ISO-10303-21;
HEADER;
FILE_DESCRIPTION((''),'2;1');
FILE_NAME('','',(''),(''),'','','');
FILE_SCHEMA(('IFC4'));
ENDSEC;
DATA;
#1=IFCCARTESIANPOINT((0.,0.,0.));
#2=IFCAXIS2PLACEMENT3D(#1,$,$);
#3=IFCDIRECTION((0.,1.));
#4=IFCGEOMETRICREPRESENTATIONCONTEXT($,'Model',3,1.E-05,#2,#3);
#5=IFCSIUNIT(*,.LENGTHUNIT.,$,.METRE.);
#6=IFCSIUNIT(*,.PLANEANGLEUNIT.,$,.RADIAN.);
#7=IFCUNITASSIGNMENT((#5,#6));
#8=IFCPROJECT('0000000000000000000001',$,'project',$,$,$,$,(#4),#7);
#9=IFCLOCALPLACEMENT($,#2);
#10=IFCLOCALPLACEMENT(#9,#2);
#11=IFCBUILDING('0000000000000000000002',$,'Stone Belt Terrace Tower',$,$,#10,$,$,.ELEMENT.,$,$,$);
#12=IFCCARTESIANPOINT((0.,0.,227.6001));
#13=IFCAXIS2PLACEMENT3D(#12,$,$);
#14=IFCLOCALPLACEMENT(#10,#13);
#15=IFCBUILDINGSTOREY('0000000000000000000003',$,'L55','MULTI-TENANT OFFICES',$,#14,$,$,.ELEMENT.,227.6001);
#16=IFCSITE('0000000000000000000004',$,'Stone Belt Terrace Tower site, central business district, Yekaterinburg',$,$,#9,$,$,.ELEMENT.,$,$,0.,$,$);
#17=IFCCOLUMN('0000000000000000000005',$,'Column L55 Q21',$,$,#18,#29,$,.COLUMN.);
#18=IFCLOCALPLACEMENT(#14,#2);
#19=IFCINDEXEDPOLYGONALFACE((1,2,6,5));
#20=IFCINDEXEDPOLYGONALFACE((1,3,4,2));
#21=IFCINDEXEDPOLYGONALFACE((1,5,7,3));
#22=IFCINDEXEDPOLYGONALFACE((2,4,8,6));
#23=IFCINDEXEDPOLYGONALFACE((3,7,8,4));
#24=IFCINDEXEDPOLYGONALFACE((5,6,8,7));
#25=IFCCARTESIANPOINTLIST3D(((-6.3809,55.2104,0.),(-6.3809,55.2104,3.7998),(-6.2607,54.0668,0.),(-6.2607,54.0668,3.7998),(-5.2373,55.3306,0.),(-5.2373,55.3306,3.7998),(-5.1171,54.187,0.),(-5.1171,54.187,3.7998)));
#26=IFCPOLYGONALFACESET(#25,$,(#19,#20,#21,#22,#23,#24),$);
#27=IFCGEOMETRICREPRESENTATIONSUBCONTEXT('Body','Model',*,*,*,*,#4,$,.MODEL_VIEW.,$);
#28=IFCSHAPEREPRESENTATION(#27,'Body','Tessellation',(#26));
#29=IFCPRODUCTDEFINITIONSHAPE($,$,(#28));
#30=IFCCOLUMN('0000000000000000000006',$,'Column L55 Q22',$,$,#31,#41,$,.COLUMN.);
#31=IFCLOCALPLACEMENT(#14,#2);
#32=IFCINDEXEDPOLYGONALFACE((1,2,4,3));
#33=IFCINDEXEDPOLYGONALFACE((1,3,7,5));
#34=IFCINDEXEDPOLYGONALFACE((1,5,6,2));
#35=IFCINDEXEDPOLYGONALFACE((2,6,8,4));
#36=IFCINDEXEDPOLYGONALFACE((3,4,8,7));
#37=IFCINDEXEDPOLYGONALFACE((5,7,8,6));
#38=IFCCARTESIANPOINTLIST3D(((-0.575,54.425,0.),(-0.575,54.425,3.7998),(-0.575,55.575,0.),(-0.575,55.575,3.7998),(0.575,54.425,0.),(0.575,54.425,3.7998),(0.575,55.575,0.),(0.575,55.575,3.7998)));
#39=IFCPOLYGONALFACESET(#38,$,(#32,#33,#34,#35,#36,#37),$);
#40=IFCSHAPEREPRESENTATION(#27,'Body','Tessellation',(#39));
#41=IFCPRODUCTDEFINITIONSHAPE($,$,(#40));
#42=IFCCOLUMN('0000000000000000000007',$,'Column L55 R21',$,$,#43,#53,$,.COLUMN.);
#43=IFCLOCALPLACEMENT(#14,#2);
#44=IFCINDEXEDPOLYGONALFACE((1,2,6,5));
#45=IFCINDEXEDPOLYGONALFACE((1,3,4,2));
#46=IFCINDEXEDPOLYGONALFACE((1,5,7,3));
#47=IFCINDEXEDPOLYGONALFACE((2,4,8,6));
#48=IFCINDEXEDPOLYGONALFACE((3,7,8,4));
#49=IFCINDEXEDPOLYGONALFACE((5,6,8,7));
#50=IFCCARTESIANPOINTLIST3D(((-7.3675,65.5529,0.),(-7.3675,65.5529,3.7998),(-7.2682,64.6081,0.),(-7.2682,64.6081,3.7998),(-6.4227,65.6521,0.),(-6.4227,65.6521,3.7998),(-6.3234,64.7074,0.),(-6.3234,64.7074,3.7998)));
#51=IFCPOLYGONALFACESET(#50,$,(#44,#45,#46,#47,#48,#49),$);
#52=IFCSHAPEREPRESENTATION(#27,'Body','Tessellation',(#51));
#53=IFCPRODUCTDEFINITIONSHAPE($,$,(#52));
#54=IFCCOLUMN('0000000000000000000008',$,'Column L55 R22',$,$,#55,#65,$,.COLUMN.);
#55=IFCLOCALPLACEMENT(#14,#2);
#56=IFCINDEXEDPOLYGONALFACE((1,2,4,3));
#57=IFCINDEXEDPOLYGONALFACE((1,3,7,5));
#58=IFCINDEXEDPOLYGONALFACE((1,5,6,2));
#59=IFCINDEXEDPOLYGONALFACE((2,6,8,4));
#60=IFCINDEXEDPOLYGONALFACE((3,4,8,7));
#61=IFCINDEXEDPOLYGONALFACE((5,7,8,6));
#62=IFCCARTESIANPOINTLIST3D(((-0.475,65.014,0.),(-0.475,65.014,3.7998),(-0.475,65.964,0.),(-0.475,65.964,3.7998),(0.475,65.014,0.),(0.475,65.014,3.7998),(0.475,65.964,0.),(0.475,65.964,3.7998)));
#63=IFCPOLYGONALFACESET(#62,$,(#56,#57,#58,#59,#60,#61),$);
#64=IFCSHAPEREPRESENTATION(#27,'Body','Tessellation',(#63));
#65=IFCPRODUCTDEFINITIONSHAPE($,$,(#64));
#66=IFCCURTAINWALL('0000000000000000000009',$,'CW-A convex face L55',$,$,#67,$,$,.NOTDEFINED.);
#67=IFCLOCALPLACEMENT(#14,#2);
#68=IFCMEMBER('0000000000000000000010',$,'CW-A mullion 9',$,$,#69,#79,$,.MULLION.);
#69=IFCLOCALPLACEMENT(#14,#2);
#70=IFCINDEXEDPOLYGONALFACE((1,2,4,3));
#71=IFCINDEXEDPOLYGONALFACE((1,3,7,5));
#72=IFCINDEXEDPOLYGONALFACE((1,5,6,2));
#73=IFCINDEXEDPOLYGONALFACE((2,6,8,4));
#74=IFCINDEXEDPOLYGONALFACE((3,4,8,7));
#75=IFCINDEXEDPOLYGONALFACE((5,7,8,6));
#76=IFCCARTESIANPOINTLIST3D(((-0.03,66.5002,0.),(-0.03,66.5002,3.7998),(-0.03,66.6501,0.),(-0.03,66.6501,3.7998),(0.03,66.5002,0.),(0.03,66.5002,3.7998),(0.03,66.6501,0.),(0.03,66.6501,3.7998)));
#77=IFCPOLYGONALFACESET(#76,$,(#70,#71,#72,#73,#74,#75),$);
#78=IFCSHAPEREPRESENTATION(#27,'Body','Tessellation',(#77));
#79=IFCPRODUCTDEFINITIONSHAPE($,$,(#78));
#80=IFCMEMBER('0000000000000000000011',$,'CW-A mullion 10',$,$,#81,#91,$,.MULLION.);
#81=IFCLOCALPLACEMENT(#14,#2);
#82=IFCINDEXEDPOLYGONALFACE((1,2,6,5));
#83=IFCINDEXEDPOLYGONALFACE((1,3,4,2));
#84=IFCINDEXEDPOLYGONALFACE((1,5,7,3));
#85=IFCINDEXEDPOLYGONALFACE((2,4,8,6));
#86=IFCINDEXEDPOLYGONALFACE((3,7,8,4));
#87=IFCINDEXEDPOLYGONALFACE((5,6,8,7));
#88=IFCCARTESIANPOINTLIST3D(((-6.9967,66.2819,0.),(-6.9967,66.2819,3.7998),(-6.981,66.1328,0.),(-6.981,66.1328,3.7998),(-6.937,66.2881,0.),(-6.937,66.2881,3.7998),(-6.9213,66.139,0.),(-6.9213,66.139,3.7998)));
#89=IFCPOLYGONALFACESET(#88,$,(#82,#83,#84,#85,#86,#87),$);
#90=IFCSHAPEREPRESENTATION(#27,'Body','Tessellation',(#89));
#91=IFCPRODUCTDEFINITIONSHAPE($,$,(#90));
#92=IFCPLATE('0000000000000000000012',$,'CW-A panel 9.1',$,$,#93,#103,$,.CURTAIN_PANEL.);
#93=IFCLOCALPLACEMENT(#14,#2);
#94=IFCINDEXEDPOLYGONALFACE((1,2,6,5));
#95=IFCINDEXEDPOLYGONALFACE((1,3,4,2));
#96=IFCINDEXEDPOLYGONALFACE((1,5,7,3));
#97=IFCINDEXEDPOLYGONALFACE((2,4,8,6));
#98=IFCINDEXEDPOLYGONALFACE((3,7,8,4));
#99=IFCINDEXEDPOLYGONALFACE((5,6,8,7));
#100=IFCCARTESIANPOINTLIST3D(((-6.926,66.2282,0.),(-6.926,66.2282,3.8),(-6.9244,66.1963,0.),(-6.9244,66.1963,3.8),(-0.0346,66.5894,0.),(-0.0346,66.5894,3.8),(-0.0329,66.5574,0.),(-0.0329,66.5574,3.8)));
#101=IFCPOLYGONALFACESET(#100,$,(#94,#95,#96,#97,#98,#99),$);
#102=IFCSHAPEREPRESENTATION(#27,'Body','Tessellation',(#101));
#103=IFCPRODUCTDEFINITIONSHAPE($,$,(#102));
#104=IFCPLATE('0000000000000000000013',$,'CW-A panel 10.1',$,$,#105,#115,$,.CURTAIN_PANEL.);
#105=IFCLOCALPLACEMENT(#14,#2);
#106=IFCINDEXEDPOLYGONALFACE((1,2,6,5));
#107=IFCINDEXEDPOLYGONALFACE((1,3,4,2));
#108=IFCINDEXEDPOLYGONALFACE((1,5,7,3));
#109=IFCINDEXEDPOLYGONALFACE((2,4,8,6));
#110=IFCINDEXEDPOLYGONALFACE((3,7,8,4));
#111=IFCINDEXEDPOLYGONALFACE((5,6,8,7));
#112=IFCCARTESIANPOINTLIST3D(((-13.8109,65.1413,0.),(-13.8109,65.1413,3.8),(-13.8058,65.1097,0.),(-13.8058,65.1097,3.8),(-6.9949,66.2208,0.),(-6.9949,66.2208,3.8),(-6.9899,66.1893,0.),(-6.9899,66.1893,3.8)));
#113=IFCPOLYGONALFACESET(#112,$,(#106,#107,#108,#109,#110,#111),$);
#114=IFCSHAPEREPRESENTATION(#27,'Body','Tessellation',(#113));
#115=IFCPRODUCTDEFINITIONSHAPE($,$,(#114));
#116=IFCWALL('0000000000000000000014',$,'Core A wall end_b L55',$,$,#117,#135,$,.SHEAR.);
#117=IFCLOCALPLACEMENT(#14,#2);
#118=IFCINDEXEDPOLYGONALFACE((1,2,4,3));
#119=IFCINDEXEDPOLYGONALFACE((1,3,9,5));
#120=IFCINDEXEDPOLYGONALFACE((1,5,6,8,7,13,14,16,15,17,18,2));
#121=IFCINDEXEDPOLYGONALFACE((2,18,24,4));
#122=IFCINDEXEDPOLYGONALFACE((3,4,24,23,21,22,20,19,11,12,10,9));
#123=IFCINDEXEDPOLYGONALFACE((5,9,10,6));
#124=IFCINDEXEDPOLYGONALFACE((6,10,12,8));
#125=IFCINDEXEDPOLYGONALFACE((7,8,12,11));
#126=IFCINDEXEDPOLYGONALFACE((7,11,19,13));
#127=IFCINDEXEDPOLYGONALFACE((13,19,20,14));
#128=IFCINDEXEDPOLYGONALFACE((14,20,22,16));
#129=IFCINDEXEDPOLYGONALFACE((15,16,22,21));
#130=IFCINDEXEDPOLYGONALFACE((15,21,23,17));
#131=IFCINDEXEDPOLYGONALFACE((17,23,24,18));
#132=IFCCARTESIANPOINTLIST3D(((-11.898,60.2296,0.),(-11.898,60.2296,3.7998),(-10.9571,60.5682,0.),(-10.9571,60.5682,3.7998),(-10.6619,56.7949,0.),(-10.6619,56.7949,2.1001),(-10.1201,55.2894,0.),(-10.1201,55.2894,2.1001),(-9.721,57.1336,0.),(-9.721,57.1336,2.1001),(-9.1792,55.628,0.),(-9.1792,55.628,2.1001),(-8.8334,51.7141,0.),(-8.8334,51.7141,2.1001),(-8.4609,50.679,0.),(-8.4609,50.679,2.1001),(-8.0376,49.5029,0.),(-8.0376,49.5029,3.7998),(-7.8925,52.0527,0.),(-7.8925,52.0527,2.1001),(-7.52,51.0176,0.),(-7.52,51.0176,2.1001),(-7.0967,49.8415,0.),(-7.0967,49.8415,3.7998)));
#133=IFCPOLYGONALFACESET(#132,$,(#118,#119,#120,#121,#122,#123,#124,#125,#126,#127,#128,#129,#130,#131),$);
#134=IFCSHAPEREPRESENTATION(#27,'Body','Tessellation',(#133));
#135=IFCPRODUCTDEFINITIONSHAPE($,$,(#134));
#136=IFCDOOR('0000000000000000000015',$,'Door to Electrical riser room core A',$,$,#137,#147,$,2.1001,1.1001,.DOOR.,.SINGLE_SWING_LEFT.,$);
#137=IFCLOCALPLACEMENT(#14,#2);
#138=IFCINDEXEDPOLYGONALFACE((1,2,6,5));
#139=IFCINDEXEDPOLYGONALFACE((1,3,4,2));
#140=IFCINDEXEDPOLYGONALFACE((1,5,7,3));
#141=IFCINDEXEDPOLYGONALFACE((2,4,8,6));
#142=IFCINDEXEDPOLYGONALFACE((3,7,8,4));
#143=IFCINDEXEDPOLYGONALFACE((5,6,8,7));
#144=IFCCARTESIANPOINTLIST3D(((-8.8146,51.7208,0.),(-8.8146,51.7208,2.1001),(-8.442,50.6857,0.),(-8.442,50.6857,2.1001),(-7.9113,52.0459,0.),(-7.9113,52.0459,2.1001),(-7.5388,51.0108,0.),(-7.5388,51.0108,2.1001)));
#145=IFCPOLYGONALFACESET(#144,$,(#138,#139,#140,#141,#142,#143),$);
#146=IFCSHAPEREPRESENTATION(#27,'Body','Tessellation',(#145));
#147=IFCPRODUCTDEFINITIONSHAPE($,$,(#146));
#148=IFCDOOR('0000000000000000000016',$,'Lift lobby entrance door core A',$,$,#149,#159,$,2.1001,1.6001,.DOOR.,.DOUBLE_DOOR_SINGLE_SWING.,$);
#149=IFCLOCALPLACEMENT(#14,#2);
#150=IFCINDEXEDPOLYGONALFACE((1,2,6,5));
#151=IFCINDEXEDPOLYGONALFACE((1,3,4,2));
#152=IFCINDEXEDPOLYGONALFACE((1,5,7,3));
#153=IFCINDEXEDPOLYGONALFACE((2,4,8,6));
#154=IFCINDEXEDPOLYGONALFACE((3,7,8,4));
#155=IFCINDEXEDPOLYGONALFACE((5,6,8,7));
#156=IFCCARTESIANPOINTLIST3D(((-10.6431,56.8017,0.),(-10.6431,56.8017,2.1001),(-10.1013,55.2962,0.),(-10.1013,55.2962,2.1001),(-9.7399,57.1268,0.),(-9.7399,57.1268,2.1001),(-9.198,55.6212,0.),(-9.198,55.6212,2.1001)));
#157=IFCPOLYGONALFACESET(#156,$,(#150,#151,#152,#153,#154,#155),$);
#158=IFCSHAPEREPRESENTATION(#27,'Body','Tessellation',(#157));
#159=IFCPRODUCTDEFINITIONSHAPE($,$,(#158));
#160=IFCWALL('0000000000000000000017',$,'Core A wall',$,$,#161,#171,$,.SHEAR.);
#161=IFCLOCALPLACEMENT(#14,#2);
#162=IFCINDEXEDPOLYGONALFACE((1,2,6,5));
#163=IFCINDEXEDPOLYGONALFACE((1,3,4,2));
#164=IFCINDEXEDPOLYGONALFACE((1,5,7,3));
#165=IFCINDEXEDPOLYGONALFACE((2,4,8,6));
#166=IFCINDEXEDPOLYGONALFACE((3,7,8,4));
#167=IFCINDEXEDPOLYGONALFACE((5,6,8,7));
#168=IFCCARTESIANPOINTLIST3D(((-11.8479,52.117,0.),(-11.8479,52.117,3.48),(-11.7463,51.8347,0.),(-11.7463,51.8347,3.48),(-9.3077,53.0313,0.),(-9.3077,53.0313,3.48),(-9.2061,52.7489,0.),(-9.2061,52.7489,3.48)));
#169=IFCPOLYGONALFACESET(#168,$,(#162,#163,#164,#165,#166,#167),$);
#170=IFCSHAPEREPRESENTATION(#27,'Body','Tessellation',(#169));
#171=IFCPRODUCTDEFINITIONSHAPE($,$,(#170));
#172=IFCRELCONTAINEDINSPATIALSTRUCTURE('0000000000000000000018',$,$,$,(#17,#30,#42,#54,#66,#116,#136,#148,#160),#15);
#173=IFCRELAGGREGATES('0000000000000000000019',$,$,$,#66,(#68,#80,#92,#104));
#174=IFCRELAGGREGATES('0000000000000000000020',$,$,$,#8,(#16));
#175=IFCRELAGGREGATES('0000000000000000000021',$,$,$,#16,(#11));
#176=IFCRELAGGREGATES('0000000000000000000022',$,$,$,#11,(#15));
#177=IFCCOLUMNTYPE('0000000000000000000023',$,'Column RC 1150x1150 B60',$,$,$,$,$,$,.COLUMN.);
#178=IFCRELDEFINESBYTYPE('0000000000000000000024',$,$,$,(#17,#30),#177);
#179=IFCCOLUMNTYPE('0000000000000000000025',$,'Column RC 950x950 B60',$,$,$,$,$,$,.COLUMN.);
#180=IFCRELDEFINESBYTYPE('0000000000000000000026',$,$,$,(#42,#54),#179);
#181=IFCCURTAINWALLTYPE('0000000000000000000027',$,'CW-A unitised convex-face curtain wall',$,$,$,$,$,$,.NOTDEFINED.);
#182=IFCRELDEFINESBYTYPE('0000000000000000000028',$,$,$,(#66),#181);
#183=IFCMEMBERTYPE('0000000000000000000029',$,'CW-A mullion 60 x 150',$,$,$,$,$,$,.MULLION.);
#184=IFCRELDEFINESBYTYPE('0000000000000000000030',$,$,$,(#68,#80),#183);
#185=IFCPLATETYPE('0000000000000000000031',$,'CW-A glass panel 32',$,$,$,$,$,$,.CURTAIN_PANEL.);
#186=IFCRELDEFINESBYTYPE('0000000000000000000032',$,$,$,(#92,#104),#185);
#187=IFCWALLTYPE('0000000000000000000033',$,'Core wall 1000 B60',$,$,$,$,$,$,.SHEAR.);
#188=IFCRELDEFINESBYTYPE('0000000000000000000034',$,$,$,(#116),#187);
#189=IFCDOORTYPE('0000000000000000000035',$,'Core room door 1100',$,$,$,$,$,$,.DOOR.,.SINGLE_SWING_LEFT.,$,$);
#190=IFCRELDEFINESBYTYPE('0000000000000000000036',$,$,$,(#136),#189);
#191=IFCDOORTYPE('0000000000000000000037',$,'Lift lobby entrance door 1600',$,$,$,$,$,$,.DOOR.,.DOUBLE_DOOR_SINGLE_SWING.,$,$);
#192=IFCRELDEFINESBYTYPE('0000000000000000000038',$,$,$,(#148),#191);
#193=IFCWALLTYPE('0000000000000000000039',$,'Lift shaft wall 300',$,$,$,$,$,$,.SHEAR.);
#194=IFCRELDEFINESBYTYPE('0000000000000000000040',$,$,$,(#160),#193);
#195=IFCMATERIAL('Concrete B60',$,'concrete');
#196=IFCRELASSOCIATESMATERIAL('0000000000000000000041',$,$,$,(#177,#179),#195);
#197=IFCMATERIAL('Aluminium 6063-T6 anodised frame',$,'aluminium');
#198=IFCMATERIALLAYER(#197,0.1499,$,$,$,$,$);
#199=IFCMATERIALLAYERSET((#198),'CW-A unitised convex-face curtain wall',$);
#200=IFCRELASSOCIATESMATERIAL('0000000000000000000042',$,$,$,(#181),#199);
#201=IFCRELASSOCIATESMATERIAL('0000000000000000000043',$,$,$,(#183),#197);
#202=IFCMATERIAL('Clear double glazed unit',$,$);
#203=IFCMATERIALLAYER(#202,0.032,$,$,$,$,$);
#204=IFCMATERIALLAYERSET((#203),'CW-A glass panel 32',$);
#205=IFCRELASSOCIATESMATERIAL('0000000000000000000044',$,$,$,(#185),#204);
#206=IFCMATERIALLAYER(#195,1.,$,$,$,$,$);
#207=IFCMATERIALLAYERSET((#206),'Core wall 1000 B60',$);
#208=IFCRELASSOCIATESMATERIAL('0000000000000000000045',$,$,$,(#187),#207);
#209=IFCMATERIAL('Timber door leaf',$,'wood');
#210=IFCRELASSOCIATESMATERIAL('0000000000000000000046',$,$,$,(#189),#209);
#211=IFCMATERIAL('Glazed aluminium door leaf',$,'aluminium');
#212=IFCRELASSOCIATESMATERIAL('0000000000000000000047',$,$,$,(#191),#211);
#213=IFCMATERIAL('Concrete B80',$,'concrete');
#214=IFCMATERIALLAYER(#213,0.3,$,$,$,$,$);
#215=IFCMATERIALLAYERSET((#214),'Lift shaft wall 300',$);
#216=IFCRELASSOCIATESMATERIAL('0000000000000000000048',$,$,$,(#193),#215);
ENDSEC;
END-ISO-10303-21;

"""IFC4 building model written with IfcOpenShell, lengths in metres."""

from ifc_helpers import new_model, si_unit, direction, frame, frame_2d, origin, origin_2d, place, context, subcontext, project, spatial, rectangle, extrude, material, layer, layer_set, material_profile, profile_set, type_object, element, fill, aggregate, save


model = new_model("IFC4")

# Units and contexts
model_context = context("Model", 3, precision=1e-05, world=origin(), true_north=direction((0.0, 1.0)))
body_context = subcontext(model_context, "Body", "Model", "MODEL_VIEW")
ifc_project = project(units=[si_unit("LENGTHUNIT", "METRE"), si_unit("PLANEANGLEUNIT", "RADIAN")], contexts=[model_context])

# Site, building, storey
site_placement = place(None, origin())
site = spatial("IfcSite", under=ifc_project, at=site_placement, Name="Stone Belt Terrace Tower site, central business district, Yekaterinburg", CompositionType="ELEMENT", RefElevation=0.0)
building_placement = place(site_placement, origin())
building = spatial("IfcBuilding", under=site, at=building_placement, Name="Stone Belt Terrace Tower", CompositionType="ELEMENT")
storey_placement = place(building_placement, frame((0.0, 0.0, 227.6001)))
storey = spatial("IfcBuildingStorey", under=building, at=storey_placement, Name="L55", Description="MULTI-TENANT OFFICES", CompositionType="ELEMENT", Elevation=227.6001)

# Columns
ifc_material_1 = material(Name="Concrete B60", Category="concrete")
ifc_material_profile_1 = material_profile(ifc_material_1, rectangle(XDim=1.1499, YDim=1.1499, at=origin_2d()), Name="RC 1150x1150")
ifc_profile_set_1 = profile_set([ifc_material_profile_1], Name="Concrete B60")
column_type_1 = type_object("IfcColumnType", Name="Column RC 1150x1150 B60", PredefinedType="COLUMN", material=ifc_profile_set_1)
for number, where, z_axis, x_axis, name in (
    (1, (-5.749, 54.6987, 0.0), (0.0, 0.0, 1.0), (0.994522, 0.104528, 0.0), "Column L55 Q21"),
    (2, (0.0, 55.0, 0.0), (0.0, 0.0, 1.0), (1.0, 0.0, 0.0), "Column L55 Q22"),
):
    element("IfcColumn", number, at=place(storey_placement, frame(where, z_axis=z_axis, x_axis=x_axis)), inside=storey, type_object=column_type_1, Name=name, PredefinedType="COLUMN", context=body_context, shape_type="SweptSolid", body=[
        extrude(rectangle(XDim=1.1499, YDim=1.1499, at=origin_2d()), origin(), (0.0, 0.0, 1.0), 3.7998),
    ])
ifc_material_profile_2 = material_profile(ifc_material_1, rectangle(XDim=0.95, YDim=0.95, at=origin_2d()), Name="RC 950x950")
ifc_profile_set_2 = profile_set([ifc_material_profile_2], Name="Concrete B60")
column_type_2 = type_object("IfcColumnType", Name="Column RC 950x950 B60", PredefinedType="COLUMN", material=ifc_profile_set_2)
for number, where, z_axis, x_axis, name in (
    (3, (-6.8455, 65.1301, 0.0), (0.0, 0.0, 1.0), (0.994522, 0.104528, 0.0), "Column L55 R21"),
    (4, (0.0, 65.489, 0.0), (0.0, 0.0, 1.0), (1.0, 0.0, 0.0), "Column L55 R22"),
):
    element("IfcColumn", number, at=place(storey_placement, frame(where, z_axis=z_axis, x_axis=x_axis)), inside=storey, type_object=column_type_2, Name=name, PredefinedType="COLUMN", context=body_context, shape_type="SweptSolid", body=[
        extrude(rectangle(XDim=0.95, YDim=0.95, at=origin_2d()), origin(), (0.0, 0.0, 1.0), 3.7998),
    ])

# Curtain wall, members, plates
ifc_material_2 = material(Name="Aluminium 6063-T6 anodised frame", Category="aluminium")
ifc_layer_1 = layer(ifc_material_2, 0.1499)
ifc_layer_set_1 = layer_set([ifc_layer_1], Name="CW-A unitised convex-face curtain wall")
curtain_wall_type = type_object("IfcCurtainWallType", Name="CW-A unitised convex-face curtain wall", PredefinedType="NOTDEFINED", material=ifc_layer_set_1)
curtain_wall_placement = place(storey_placement, origin())
curtain_wall = element("IfcCurtainWall", 5, at=curtain_wall_placement, inside=storey, type_object=curtain_wall_type, Name="CW-A convex face L55", PredefinedType="NOTDEFINED")
ifc_material_profile_3 = material_profile(ifc_material_2, rectangle(XDim=0.1499, YDim=0.0601, at=origin_2d()), Name="Aluminium 6063-T6 60x150")
ifc_profile_set_3 = profile_set([ifc_material_profile_3], Name="Aluminium 6063-T6 anodised frame")
member_type = type_object("IfcMemberType", Name="CW-A mullion 60 x 150", PredefinedType="MULLION", material=ifc_profile_set_3)
member_1_placement = place(storey_placement, frame((0.0, 66.5752, 0.0), z_axis=(0.0, 0.0, 1.0), x_axis=(0.0, -1.0, 0.0)))
member_1 = element("IfcMember", 6, at=member_1_placement, type_object=member_type, Name="CW-A mullion 9", PredefinedType="MULLION", context=body_context, shape_type="SweptSolid", body=[
    extrude(rectangle(XDim=0.1499, YDim=0.0601, at=origin_2d()), origin(), (0.0, 0.0, 1.0), 3.7998),
])
member_2_placement = place(storey_placement, frame((-6.959, 66.2104, 0.0), z_axis=(0.0, 0.0, 1.0), x_axis=(0.104528, -0.994522, 0.0)))
member_2 = element("IfcMember", 7, at=member_2_placement, type_object=member_type, Name="CW-A mullion 10", PredefinedType="MULLION", context=body_context, shape_type="SweptSolid", body=[
    extrude(rectangle(XDim=0.1499, YDim=0.0601, at=origin_2d()), origin(), (0.0, 0.0, 1.0), 3.7998),
])
ifc_material_3 = material(Name="Clear double glazed unit")
ifc_layer_2 = layer(ifc_material_3, 0.032)
ifc_layer_set_2 = layer_set([ifc_layer_2], Name="CW-A glass panel 32")
plate_type = type_object("IfcPlateType", Name="CW-A glass panel 32", PredefinedType="CURTAIN_PANEL", material=ifc_layer_set_2)
plate_1_placement = place(storey_placement, frame((-3.4795, 66.3928, 0.0), z_axis=(0.0, 0.0, 1.0), x_axis=(-0.99863, -0.052336, 0.0)))
plate_1 = element("IfcPlate", 8, at=plate_1_placement, type_object=plate_type, Name="CW-A panel 9.1", PredefinedType="CURTAIN_PANEL", context=body_context, shape_type="SweptSolid", body=[
    extrude(rectangle(XDim=6.9009, YDim=0.032, at=origin_2d()), origin(), (0.0, 0.0, 1.0), 3.8),
])
plate_2_placement = place(storey_placement, frame((-10.4004, 65.6653, 0.0), z_axis=(0.0, 0.0, 1.0), x_axis=(-0.987688, -0.156434, 0.0)))
plate_2 = element("IfcPlate", 9, at=plate_2_placement, type_object=plate_type, Name="CW-A panel 10.1", PredefinedType="CURTAIN_PANEL", context=body_context, shape_type="SweptSolid", body=[
    extrude(rectangle(XDim=6.9009, YDim=0.032, at=origin_2d()), origin(), (0.0, 0.0, 1.0), 3.8),
])
aggregate(curtain_wall, [member_1, member_2, plate_1, plate_2])

# Wall, openings, doors
ifc_layer_3 = layer(ifc_material_1, 1.0)
ifc_layer_set_3 = layer_set([ifc_layer_3], Name="Core wall 1000 B60")
wall_type_1 = type_object("IfcWallType", Name="Core wall 1000 B60", PredefinedType="SHEAR", material=ifc_layer_set_3)
wall_1_placement = place(storey_placement, frame((-7.5671, 49.6721, 0.0), z_axis=(0.0, 0.0, 1.0), x_axis=(-0.338625, 0.940921, 0.0)))
wall_1 = element("IfcWall", 10, at=wall_1_placement, inside=storey, type_object=wall_type_1, Name="Core A wall end_b L55", PredefinedType="SHEAR", context=body_context, shape_type="SweptSolid", body=[
    extrude(rectangle(XDim=11.4001, YDim=1.0, at=frame_2d((5.7002, 0.0))), origin(), (0.0, 0.0, 1.0), 3.7998),
])
opening_1_placement = place(wall_1_placement, frame((6.1499, 0.0, 0.0)))
opening_1 = element("IfcOpeningElement", 11, at=opening_1_placement, cuts=wall_1, PredefinedType="OPENING", context=body_context, shape_type="SweptSolid", body=[
    extrude(rectangle(XDim=1.6001, YDim=2.1001, at=frame_2d((0.8, 1.05))), frame((0.0, 0.51, 0.0), z_axis=(0.0, -1.0, 0.0), x_axis=(1.0, 0.0, 0.0)), (0.0, 0.0, 1.0), 1.02),
])
opening_2_placement = place(wall_1_placement, frame((1.25, 0.0, 0.0)))
opening_2 = element("IfcOpeningElement", 12, at=opening_2_placement, cuts=wall_1, PredefinedType="OPENING", context=body_context, shape_type="SweptSolid", body=[
    extrude(rectangle(XDim=1.1001, YDim=2.1001, at=frame_2d((0.55, 1.05))), frame((0.0, 0.51, 0.0), z_axis=(0.0, -1.0, 0.0), x_axis=(1.0, 0.0, 0.0)), (0.0, 0.0, 1.0), 1.02),
])
ifc_material_4 = material(Name="Timber door leaf", Category="wood")
door_type_1 = type_object("IfcDoorType", Name="Core room door 1100", OperationType="SINGLE_SWING_LEFT", PredefinedType="DOOR", material=ifc_material_4)
door_1_placement = place(opening_2_placement, origin())
door_1 = element("IfcDoor", 13, at=door_1_placement, inside=storey, type_object=door_type_1, Name="Door to Electrical riser room core A", OperationType="SINGLE_SWING_LEFT", OverallHeight=2.1001, OverallWidth=1.1001, PredefinedType="DOOR", context=body_context, shape_type="SweptSolid", body=[
    extrude(rectangle(XDim=1.1001, YDim=2.1001, at=frame_2d((0.55, 1.05))), frame((0.0, 0.48, 0.0), z_axis=(0.0, -1.0, 0.0), x_axis=(1.0, 0.0, 0.0)), (0.0, 0.0, 1.0), 0.96),
])
fill(opening_2, door_1)
ifc_material_5 = material(Name="Glazed aluminium door leaf", Category="aluminium")
door_type_2 = type_object("IfcDoorType", Name="Lift lobby entrance door 1600", OperationType="DOUBLE_DOOR_SINGLE_SWING", PredefinedType="DOOR", material=ifc_material_5)
door_2_placement = place(opening_1_placement, origin())
door_2 = element("IfcDoor", 14, at=door_2_placement, inside=storey, type_object=door_type_2, Name="Lift lobby entrance door core A", OperationType="DOUBLE_DOOR_SINGLE_SWING", OverallHeight=2.1001, OverallWidth=1.6001, PredefinedType="DOOR", context=body_context, shape_type="SweptSolid", body=[
    extrude(rectangle(XDim=1.6001, YDim=2.1001, at=frame_2d((0.8, 1.05))), frame((0.0, 0.48, 0.0), z_axis=(0.0, -1.0, 0.0), x_axis=(1.0, 0.0, 0.0)), (0.0, 0.0, 1.0), 0.96),
])
fill(opening_1, door_2)

# Wall
ifc_material_6 = material(Name="Concrete B80", Category="concrete")
ifc_layer_4 = layer(ifc_material_6, 0.3)
ifc_layer_set_4 = layer_set([ifc_layer_4], Name="Lift shaft wall 300")
wall_type_2 = type_object("IfcWallType", Name="Lift shaft wall 300", PredefinedType="SHEAR", material=ifc_layer_set_4)
wall_2_placement = place(storey_placement, frame((-11.7971, 51.9758, 0.0), z_axis=(0.0, 0.0, 1.0), x_axis=(0.94091, 0.338655, 0.0)))
element("IfcWall", 15, at=wall_2_placement, inside=storey, type_object=wall_type_2, Name="Core A wall", PredefinedType="SHEAR", context=body_context, shape_type="SweptSolid", body=[
    extrude(rectangle(XDim=2.6997, YDim=0.3, at=frame_2d((1.3499, 0.0))), origin(), (0.0, 0.0, 1.0), 3.48),
])

save(model, "model.ifc")
